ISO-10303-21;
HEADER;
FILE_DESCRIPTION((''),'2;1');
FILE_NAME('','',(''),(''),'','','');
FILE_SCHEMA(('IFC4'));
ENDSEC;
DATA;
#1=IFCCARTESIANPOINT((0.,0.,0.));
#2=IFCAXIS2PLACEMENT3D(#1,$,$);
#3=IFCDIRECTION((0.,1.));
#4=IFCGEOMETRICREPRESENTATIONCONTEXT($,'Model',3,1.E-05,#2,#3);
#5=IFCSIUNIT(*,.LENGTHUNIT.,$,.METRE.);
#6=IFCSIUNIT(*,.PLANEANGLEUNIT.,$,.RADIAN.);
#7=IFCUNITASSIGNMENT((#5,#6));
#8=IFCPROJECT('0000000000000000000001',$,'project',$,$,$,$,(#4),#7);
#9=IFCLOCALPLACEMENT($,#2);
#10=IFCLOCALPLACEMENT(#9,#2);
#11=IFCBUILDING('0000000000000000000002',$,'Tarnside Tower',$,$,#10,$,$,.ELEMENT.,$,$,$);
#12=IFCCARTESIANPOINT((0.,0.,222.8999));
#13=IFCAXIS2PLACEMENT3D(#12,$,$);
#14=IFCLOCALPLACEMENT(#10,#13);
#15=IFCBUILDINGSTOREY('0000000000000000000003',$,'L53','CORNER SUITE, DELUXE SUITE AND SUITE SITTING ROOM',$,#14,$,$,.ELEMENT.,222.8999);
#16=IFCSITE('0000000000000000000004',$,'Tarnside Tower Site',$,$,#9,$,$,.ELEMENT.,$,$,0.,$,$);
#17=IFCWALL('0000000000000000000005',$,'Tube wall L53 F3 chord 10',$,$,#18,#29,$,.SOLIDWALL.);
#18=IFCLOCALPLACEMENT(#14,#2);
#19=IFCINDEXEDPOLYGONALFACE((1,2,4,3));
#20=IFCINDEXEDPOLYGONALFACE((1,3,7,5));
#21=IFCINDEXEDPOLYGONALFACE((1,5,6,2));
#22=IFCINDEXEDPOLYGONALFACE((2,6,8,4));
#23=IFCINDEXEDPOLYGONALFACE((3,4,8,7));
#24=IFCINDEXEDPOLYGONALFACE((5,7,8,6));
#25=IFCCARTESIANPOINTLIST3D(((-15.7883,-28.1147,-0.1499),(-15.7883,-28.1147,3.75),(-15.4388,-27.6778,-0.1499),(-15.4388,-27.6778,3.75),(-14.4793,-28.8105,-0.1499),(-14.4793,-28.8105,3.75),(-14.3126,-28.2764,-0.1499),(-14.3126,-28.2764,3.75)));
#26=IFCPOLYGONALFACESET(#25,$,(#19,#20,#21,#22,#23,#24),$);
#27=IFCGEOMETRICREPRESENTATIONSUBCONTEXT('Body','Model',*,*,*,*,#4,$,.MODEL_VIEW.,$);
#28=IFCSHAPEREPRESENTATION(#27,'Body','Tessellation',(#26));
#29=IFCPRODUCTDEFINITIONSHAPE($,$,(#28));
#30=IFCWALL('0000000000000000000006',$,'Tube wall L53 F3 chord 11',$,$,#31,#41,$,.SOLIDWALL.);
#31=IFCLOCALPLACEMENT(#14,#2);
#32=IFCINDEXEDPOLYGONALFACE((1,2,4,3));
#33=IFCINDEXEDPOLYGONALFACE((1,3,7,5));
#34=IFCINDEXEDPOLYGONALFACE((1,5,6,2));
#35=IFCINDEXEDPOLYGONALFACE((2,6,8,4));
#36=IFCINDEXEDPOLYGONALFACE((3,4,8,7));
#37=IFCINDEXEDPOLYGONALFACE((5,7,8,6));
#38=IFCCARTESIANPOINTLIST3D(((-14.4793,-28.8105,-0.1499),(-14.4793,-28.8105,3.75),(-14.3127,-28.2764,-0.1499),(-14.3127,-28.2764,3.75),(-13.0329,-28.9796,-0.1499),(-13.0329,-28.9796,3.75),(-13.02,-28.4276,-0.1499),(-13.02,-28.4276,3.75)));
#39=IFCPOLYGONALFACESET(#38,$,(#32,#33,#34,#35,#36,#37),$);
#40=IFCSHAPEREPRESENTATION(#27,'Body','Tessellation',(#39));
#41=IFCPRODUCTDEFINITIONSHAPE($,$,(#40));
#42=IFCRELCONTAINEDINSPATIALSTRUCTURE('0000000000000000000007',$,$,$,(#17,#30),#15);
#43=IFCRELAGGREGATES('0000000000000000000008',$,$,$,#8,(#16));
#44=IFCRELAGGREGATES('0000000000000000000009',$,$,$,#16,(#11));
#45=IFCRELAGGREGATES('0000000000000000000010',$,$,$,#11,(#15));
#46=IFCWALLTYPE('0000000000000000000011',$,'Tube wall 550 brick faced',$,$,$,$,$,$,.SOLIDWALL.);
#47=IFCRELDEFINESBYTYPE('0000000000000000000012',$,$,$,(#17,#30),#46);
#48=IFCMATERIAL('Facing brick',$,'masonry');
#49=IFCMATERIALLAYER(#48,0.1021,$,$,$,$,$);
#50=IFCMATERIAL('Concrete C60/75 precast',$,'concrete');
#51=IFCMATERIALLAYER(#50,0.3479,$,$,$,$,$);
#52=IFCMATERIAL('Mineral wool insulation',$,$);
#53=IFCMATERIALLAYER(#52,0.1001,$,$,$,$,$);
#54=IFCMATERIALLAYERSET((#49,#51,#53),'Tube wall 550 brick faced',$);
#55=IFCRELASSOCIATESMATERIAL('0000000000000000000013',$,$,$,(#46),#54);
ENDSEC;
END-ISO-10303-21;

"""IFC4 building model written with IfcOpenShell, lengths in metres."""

from ifc_helpers import new_model, si_unit, direction, frame, origin, place, context, subcontext, project, spatial, polyline, outline, extrude, material, layer, layer_set, type_object, element, save


model = new_model("IFC4")

# Units and contexts
model_context = context("Model", 3, precision=1e-05, world=origin(), true_north=direction((0.0, 1.0)))
body_context = subcontext(model_context, "Body", "Model", "MODEL_VIEW")
ifc_project = project(units=[si_unit("LENGTHUNIT", "METRE"), si_unit("PLANEANGLEUNIT", "RADIAN")], contexts=[model_context])

# Site, building, storey
site_placement = place(None, origin())
site = spatial("IfcSite", under=ifc_project, at=site_placement, Name="Tarnside Tower Site", CompositionType="ELEMENT", RefElevation=0.0)
building_placement = place(site_placement, origin())
building = spatial("IfcBuilding", under=site, at=building_placement, Name="Tarnside Tower", CompositionType="ELEMENT")
storey_placement = place(building_placement, frame((0.0, 0.0, 222.8999)))
storey = spatial("IfcBuildingStorey", under=building, at=storey_placement, Name="L53", Description="CORNER SUITE, DELUXE SUITE AND SUITE SITTING ROOM", CompositionType="ELEMENT", Elevation=222.8999)

# Walls
ifc_material_1 = material(Name="Facing brick", Category="masonry")
ifc_layer_1 = layer(ifc_material_1, 0.1021)
ifc_material_2 = material(Name="Concrete C60/75 precast", Category="concrete")
ifc_layer_2 = layer(ifc_material_2, 0.3479)
ifc_material_3 = material(Name="Mineral wool insulation")
ifc_layer_3 = layer(ifc_material_3, 0.1001)
ifc_layer_set_1 = layer_set([ifc_layer_1, ifc_layer_2, ifc_layer_3], Name="Tube wall 550 brick faced")
wall_type_1 = type_object("IfcWallType", Name="Tube wall 550 brick faced", PredefinedType="SOLIDWALL", material=ifc_layer_set_1)
wall_1_placement = place(storey_placement, frame((-15.6135, -27.8962, -0.1499), z_axis=(0.0, 0.0, 1.0), x_axis=(0.882994, -0.469384, 0.0)))
element("IfcWall", 1, at=wall_1_placement, inside=storey, type_object=wall_type_1, Name="Tube wall L53 F3 chord 10", PredefinedType="SOLIDWALL", context=body_context, shape_type="SweptSolid", body=[
    extrude(outline(polyline([(-0.0518, -0.2749), (1.4307, -0.2749), (1.3271, 0.2749), (0.0518, 0.2749), (-0.0518, -0.2749)])), origin(), (0.0, 0.0, 1.0), 3.8999),
])
wall_2_placement = place(storey_placement, frame((-14.396, -28.5435, -0.1499), z_axis=(0.0, 0.0, 1.0), x_axis=(0.993233, -0.116143, 0.0)))
element("IfcWall", 2, at=wall_2_placement, inside=storey, type_object=wall_type_1, Name="Tube wall L53 F3 chord 11", PredefinedType="SOLIDWALL", context=body_context, shape_type="SweptSolid", body=[
    extrude(outline(polyline([(-0.0518, -0.2749), (1.4045, -0.2749), (1.3533, 0.2749), (0.0518, 0.2749), (-0.0518, -0.2749)])), origin(), (0.0, 0.0, 1.0), 3.8999),
])

save(model, "model.ifc")
